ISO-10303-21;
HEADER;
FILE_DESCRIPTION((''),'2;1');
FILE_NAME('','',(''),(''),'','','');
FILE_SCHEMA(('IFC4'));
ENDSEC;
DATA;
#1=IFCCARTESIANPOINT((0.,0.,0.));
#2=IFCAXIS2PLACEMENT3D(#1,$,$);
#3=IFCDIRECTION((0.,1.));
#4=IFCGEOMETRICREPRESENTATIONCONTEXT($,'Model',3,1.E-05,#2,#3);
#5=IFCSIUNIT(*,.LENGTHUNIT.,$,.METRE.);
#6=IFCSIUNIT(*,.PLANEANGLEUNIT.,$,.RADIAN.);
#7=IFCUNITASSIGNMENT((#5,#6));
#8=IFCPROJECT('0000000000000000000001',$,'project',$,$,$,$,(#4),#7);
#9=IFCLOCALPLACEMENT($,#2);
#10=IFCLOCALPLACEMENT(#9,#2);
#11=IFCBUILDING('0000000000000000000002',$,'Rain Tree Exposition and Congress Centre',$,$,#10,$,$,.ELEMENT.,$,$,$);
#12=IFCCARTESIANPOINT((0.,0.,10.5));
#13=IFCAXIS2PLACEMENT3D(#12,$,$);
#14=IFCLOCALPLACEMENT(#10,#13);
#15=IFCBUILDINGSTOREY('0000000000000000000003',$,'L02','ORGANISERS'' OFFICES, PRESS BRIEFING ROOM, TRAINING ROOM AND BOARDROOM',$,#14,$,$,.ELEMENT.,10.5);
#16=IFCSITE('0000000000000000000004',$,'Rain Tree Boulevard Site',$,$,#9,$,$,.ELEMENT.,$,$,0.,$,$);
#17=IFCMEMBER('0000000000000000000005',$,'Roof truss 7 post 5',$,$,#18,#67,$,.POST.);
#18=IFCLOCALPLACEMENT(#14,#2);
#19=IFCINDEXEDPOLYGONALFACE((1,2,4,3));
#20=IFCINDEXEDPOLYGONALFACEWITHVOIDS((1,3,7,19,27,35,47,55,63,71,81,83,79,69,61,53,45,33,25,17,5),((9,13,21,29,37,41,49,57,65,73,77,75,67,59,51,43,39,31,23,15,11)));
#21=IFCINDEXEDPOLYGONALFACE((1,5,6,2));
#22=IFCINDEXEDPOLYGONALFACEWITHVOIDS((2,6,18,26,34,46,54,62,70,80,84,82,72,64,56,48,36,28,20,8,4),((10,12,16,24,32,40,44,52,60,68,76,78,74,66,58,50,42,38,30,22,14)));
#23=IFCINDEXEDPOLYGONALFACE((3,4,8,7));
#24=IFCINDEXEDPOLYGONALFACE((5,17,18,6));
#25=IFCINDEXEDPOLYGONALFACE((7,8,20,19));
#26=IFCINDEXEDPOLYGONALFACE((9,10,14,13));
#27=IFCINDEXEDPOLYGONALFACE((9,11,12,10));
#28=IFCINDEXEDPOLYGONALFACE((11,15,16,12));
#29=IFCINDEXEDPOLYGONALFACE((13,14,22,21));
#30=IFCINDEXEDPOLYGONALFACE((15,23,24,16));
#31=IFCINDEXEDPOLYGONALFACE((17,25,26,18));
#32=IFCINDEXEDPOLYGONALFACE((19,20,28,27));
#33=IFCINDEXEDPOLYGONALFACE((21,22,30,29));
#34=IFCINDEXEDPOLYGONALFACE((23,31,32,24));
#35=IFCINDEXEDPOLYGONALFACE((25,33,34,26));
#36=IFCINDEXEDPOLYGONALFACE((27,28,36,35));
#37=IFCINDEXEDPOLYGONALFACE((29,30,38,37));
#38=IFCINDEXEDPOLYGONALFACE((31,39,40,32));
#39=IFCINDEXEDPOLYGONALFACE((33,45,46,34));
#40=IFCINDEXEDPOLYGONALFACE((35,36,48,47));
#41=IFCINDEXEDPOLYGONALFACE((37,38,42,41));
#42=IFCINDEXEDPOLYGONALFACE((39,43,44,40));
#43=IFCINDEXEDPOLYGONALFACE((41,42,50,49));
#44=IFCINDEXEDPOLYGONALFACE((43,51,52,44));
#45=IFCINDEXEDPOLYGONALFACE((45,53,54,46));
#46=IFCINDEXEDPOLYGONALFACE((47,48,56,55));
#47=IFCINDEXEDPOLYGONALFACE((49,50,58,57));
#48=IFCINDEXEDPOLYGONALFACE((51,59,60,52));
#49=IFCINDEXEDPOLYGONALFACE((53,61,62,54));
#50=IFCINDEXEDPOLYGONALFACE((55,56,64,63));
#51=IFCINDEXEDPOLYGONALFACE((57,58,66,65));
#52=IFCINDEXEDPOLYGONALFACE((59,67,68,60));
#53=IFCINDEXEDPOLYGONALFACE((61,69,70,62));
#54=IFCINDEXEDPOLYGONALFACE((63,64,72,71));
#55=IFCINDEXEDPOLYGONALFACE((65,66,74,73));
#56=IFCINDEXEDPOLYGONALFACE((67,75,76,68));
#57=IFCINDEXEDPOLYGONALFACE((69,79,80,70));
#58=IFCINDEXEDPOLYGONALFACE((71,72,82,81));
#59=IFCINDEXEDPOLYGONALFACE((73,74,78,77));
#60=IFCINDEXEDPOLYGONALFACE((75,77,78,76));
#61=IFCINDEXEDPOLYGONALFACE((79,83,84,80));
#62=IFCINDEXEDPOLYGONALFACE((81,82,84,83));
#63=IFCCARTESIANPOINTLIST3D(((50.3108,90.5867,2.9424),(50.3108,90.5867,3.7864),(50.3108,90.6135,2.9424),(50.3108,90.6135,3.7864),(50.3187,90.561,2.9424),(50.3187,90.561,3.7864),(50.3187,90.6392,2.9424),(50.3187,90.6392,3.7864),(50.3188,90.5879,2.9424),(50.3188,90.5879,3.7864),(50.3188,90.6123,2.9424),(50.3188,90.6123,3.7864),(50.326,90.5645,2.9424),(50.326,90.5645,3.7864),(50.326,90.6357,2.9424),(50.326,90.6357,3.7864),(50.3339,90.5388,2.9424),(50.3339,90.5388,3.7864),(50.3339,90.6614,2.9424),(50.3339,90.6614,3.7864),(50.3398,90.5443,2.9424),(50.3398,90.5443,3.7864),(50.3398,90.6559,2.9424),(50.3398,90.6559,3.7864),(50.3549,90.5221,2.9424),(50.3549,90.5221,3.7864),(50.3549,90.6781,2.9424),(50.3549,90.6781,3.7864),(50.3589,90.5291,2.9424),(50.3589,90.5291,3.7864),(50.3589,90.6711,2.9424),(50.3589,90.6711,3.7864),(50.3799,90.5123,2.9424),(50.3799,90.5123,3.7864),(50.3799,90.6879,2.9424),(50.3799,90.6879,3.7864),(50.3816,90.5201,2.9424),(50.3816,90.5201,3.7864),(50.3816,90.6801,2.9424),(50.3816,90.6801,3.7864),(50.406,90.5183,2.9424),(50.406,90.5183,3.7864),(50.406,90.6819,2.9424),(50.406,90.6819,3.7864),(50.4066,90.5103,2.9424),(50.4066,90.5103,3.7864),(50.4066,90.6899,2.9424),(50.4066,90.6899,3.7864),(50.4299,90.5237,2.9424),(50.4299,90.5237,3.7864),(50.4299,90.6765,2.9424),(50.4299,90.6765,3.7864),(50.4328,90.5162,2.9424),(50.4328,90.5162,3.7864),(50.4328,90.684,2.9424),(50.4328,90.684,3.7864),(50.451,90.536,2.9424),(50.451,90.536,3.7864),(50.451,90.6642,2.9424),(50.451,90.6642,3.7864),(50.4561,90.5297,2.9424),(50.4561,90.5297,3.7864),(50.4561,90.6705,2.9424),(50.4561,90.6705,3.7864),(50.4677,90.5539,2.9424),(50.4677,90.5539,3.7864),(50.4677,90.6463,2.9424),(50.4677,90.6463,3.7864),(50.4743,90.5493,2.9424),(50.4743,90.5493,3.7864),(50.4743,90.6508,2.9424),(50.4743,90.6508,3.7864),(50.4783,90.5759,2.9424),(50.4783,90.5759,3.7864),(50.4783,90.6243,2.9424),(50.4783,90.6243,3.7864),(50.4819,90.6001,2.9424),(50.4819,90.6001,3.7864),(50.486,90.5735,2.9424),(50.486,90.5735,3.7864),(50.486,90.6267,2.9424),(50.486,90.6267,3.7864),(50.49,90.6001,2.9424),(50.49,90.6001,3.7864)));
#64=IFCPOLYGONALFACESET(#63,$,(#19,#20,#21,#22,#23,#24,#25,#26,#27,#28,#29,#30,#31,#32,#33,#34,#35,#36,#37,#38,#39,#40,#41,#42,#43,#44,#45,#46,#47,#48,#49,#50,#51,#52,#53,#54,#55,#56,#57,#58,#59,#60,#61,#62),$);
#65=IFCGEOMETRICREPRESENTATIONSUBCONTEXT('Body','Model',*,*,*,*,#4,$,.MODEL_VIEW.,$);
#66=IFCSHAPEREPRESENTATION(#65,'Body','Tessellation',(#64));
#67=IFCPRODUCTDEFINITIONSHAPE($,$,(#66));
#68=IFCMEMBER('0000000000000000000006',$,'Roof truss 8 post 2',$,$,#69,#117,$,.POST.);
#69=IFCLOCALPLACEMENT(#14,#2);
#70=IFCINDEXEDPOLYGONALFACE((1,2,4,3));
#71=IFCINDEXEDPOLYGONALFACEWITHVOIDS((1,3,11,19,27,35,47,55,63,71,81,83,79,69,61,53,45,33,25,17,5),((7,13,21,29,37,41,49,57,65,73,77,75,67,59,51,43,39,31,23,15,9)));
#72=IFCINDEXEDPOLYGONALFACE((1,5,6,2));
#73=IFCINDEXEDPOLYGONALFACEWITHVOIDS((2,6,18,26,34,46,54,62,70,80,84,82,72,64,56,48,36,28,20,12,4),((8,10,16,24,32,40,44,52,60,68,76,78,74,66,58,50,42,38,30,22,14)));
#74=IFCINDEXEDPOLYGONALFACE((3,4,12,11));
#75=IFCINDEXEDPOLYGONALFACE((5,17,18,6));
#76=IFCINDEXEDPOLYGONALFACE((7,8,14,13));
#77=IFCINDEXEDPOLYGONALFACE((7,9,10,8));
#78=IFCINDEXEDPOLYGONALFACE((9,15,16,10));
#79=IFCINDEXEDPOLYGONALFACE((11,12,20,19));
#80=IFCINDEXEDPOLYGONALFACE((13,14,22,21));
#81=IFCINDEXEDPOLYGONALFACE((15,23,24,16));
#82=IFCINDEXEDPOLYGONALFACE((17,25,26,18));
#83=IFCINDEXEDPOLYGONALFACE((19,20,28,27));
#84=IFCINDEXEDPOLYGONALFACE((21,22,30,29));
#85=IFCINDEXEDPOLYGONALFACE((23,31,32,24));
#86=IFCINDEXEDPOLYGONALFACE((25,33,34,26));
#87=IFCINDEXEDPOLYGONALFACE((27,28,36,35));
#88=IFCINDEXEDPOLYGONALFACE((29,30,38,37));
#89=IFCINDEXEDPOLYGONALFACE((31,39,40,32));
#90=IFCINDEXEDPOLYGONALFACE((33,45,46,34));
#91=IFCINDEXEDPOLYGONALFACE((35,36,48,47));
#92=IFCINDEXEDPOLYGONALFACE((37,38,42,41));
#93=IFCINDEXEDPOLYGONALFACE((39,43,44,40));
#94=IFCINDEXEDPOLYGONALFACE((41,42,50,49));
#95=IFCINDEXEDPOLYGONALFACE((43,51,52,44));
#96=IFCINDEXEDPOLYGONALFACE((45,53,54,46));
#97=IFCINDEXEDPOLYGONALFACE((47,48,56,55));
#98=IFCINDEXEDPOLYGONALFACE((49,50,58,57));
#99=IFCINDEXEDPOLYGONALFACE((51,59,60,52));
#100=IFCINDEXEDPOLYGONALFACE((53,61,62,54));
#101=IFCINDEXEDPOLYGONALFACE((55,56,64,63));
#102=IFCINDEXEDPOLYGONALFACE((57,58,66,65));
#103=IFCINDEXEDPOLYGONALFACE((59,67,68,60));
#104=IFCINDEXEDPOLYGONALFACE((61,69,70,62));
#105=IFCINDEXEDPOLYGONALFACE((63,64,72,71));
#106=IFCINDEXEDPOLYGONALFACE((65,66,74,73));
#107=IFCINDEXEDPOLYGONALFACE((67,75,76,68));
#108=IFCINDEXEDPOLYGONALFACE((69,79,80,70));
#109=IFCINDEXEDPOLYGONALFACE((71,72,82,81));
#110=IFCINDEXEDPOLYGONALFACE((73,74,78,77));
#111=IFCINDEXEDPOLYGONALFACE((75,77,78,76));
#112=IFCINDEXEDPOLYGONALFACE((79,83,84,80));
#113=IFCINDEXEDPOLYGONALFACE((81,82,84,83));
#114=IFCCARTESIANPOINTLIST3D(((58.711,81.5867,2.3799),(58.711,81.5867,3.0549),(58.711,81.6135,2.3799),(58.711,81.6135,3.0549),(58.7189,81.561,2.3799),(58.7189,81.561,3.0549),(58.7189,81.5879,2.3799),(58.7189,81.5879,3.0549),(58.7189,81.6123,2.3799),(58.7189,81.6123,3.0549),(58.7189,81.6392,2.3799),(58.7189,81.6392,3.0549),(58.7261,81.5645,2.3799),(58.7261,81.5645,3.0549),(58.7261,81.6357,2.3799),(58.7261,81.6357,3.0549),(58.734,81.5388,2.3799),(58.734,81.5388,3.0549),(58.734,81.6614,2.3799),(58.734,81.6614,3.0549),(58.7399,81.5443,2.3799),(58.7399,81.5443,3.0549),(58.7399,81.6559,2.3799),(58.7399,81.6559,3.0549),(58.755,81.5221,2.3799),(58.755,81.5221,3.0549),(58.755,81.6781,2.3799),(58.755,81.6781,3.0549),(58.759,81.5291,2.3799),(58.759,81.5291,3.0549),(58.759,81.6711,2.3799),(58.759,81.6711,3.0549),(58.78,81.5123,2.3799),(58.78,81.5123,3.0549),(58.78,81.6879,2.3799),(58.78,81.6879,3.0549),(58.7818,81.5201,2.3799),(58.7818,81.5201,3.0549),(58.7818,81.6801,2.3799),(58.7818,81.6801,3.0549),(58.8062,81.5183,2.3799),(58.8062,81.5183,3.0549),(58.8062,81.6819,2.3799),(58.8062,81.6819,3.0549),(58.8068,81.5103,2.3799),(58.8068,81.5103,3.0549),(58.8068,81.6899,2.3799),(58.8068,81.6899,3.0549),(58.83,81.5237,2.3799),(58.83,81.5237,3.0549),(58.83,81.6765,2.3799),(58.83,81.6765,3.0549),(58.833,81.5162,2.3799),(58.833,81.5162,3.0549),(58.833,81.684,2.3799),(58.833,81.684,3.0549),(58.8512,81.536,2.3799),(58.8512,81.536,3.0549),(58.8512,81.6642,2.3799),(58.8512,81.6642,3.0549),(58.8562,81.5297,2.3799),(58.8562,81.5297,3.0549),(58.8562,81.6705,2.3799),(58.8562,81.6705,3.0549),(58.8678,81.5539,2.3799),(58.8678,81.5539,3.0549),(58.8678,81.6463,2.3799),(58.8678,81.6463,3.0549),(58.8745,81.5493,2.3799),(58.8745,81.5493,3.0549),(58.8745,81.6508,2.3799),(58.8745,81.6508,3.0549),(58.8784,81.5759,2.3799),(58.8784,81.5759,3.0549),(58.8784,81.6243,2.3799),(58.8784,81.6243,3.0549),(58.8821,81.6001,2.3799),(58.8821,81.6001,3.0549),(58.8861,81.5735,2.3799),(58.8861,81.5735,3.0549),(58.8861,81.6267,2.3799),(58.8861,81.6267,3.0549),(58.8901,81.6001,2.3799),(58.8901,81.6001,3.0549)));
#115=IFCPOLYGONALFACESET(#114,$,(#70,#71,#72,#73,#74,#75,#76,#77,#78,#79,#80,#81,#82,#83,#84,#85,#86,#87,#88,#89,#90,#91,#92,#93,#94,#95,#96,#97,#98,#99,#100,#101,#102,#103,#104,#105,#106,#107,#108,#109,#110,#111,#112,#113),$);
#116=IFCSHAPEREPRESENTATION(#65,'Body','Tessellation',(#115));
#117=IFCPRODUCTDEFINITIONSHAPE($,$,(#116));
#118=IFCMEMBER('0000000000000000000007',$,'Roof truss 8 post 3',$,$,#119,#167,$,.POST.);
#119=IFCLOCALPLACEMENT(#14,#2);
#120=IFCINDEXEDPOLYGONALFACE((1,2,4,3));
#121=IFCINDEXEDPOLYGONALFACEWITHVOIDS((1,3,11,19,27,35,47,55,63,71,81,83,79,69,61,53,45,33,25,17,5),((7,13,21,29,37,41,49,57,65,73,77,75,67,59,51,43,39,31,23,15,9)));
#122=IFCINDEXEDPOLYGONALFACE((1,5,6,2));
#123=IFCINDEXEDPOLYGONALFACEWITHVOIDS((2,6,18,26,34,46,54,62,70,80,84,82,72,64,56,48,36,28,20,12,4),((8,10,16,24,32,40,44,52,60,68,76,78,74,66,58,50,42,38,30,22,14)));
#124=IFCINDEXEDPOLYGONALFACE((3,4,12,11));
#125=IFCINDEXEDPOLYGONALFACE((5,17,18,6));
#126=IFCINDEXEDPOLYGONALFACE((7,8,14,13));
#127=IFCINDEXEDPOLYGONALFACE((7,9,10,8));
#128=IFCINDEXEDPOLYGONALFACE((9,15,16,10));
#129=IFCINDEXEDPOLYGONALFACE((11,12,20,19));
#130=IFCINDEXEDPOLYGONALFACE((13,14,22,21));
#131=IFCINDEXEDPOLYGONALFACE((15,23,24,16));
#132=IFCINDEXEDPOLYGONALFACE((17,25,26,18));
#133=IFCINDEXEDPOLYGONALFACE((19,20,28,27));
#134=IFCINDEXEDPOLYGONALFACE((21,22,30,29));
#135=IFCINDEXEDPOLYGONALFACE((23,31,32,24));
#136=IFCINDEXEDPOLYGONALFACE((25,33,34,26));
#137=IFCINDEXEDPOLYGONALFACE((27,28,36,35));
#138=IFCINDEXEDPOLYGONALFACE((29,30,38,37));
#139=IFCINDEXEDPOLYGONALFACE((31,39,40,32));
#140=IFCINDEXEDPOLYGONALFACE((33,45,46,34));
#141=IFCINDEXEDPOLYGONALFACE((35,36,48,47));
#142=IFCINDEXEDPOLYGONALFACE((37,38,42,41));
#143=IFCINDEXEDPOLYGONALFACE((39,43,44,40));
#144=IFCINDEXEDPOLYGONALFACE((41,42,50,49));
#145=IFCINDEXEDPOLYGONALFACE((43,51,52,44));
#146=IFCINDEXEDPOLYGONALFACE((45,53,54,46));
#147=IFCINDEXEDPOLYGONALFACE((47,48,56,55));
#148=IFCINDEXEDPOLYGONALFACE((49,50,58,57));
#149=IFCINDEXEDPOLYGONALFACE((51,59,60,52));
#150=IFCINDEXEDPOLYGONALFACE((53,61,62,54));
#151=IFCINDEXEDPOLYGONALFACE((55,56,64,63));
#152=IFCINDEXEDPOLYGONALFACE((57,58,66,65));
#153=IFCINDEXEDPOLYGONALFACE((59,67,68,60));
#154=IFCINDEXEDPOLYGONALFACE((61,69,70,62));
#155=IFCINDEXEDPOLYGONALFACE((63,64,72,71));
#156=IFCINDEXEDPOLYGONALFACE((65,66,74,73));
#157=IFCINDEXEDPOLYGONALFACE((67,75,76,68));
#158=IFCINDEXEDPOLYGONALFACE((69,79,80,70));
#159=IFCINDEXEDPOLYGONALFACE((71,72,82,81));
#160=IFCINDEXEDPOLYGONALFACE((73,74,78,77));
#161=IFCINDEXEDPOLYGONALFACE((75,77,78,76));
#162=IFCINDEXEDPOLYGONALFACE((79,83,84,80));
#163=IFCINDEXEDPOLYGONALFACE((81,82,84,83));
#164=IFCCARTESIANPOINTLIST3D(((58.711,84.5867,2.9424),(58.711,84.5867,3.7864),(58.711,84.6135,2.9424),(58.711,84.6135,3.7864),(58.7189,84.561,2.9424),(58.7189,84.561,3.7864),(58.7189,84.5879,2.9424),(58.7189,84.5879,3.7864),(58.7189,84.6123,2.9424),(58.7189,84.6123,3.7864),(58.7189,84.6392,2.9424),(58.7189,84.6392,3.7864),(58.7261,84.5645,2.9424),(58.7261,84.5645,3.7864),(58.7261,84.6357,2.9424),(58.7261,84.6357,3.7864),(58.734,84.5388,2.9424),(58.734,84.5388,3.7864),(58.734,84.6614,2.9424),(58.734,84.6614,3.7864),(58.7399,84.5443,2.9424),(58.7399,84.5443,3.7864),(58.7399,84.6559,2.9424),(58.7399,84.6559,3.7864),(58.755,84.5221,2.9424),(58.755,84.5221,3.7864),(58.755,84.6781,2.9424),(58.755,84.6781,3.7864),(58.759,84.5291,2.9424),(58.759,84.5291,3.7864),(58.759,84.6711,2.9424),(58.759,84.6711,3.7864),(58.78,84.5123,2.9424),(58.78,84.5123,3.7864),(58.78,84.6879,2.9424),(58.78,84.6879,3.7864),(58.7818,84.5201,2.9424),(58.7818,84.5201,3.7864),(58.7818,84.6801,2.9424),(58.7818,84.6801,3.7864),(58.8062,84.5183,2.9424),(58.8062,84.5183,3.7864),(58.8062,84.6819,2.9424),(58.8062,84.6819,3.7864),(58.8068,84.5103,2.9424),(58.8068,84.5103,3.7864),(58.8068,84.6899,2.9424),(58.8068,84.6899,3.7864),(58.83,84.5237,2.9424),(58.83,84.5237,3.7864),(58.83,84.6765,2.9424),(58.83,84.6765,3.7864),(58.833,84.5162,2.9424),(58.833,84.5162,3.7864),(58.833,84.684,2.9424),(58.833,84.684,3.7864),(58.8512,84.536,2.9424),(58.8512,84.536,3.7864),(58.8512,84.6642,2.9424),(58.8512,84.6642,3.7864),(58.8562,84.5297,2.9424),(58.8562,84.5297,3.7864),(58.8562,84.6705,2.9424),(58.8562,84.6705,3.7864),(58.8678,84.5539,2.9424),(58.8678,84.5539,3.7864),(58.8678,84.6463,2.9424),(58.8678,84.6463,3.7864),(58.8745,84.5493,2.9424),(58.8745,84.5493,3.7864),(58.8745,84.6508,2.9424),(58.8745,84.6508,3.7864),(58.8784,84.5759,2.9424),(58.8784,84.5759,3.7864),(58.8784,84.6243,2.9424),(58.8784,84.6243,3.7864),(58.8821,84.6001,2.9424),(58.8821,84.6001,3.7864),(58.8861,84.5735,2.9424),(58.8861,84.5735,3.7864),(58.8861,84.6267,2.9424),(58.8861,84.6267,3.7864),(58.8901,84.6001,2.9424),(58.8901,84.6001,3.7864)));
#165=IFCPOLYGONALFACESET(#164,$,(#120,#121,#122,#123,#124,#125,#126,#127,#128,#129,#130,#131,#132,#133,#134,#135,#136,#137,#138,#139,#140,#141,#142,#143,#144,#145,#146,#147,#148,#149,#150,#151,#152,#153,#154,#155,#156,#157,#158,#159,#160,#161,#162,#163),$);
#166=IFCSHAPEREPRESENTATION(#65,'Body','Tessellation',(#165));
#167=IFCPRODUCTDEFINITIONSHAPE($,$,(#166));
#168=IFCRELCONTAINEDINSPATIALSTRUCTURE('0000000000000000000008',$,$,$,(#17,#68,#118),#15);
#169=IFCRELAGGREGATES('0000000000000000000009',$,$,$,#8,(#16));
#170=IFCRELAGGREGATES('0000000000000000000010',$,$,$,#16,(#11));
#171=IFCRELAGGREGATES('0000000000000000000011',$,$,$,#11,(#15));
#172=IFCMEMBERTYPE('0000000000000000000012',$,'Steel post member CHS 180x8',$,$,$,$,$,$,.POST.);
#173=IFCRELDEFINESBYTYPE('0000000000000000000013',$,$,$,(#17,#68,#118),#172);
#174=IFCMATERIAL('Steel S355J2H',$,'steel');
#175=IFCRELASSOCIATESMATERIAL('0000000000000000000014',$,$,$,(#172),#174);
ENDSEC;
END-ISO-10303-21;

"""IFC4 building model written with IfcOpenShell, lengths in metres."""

from ifc_helpers import new_model, si_unit, direction, frame, origin, origin_2d, place, context, subcontext, project, spatial, hollow_circle, extrude, material, material_profile, profile_set, type_object, element, save


model = new_model("IFC4")

# Units and contexts
model_context = context("Model", 3, precision=1e-05, world=origin(), true_north=direction((0.0, 1.0)))
body_context = subcontext(model_context, "Body", "Model", "MODEL_VIEW")
ifc_project = project(units=[si_unit("LENGTHUNIT", "METRE"), si_unit("PLANEANGLEUNIT", "RADIAN")], contexts=[model_context])

# Site, building, storey
site_placement = place(None, origin())
site = spatial("IfcSite", under=ifc_project, at=site_placement, Name="Rain Tree Boulevard Site", CompositionType="ELEMENT", RefElevation=0.0)
building_placement = place(site_placement, origin())
building = spatial("IfcBuilding", under=site, at=building_placement, Name="Rain Tree Exposition and Congress Centre", CompositionType="ELEMENT")
storey_placement = place(building_placement, frame((0.0, 0.0, 10.5)))
storey = spatial("IfcBuildingStorey", under=building, at=storey_placement, Name="L02", Description="ORGANISERS' OFFICES, PRESS BRIEFING ROOM, TRAINING ROOM AND BOARDROOM", CompositionType="ELEMENT", Elevation=10.5)

# Members
ifc_material_1 = material(Name="Steel S355J2H", Category="steel")
ifc_material_profile_1 = material_profile(ifc_material_1, hollow_circle(Radius=0.0901, WallThickness=0.0081, at=origin_2d()), Name="CHS 180x8")
ifc_profile_set_1 = profile_set([ifc_material_profile_1], Name="Steel S355J2H")
member_type_1 = type_object("IfcMemberType", Name="Steel post member CHS 180x8", PredefinedType="POST", material=ifc_profile_set_1)
member_1_placement = place(storey_placement, frame((50.3999, 90.6001, 2.9424), z_axis=(0.0, 0.0, 1.0), x_axis=(1.0, 0.0, 0.0)))
element("IfcMember", 1, at=member_1_placement, inside=storey, type_object=member_type_1, Name="Roof truss 7 post 5", PredefinedType="POST", context=body_context, shape_type="SweptSolid", body=[
    extrude(hollow_circle(Radius=0.0901, WallThickness=0.0081, at=origin_2d()), origin(), (0.0, 0.0, 1.0), 0.844),
])
member_2_placement = place(storey_placement, frame((58.8, 81.6001, 2.3799), z_axis=(0.0, 0.0, 1.0), x_axis=(1.0, 0.0, 0.0)))
element("IfcMember", 2, at=member_2_placement, inside=storey, type_object=member_type_1, Name="Roof truss 8 post 2", PredefinedType="POST", context=body_context, shape_type="SweptSolid", body=[
    extrude(hollow_circle(Radius=0.0901, WallThickness=0.0081, at=origin_2d()), origin(), (0.0, 0.0, 1.0), 0.675),
])
member_3_placement = place(storey_placement, frame((58.8, 84.6001, 2.9424), z_axis=(0.0, 0.0, 1.0), x_axis=(1.0, 0.0, 0.0)))
element("IfcMember", 3, at=member_3_placement, inside=storey, type_object=member_type_1, Name="Roof truss 8 post 3", PredefinedType="POST", context=body_context, shape_type="SweptSolid", body=[
    extrude(hollow_circle(Radius=0.0901, WallThickness=0.0081, at=origin_2d()), origin(), (0.0, 0.0, 1.0), 0.844),
])

save(model, "model.ifc")
